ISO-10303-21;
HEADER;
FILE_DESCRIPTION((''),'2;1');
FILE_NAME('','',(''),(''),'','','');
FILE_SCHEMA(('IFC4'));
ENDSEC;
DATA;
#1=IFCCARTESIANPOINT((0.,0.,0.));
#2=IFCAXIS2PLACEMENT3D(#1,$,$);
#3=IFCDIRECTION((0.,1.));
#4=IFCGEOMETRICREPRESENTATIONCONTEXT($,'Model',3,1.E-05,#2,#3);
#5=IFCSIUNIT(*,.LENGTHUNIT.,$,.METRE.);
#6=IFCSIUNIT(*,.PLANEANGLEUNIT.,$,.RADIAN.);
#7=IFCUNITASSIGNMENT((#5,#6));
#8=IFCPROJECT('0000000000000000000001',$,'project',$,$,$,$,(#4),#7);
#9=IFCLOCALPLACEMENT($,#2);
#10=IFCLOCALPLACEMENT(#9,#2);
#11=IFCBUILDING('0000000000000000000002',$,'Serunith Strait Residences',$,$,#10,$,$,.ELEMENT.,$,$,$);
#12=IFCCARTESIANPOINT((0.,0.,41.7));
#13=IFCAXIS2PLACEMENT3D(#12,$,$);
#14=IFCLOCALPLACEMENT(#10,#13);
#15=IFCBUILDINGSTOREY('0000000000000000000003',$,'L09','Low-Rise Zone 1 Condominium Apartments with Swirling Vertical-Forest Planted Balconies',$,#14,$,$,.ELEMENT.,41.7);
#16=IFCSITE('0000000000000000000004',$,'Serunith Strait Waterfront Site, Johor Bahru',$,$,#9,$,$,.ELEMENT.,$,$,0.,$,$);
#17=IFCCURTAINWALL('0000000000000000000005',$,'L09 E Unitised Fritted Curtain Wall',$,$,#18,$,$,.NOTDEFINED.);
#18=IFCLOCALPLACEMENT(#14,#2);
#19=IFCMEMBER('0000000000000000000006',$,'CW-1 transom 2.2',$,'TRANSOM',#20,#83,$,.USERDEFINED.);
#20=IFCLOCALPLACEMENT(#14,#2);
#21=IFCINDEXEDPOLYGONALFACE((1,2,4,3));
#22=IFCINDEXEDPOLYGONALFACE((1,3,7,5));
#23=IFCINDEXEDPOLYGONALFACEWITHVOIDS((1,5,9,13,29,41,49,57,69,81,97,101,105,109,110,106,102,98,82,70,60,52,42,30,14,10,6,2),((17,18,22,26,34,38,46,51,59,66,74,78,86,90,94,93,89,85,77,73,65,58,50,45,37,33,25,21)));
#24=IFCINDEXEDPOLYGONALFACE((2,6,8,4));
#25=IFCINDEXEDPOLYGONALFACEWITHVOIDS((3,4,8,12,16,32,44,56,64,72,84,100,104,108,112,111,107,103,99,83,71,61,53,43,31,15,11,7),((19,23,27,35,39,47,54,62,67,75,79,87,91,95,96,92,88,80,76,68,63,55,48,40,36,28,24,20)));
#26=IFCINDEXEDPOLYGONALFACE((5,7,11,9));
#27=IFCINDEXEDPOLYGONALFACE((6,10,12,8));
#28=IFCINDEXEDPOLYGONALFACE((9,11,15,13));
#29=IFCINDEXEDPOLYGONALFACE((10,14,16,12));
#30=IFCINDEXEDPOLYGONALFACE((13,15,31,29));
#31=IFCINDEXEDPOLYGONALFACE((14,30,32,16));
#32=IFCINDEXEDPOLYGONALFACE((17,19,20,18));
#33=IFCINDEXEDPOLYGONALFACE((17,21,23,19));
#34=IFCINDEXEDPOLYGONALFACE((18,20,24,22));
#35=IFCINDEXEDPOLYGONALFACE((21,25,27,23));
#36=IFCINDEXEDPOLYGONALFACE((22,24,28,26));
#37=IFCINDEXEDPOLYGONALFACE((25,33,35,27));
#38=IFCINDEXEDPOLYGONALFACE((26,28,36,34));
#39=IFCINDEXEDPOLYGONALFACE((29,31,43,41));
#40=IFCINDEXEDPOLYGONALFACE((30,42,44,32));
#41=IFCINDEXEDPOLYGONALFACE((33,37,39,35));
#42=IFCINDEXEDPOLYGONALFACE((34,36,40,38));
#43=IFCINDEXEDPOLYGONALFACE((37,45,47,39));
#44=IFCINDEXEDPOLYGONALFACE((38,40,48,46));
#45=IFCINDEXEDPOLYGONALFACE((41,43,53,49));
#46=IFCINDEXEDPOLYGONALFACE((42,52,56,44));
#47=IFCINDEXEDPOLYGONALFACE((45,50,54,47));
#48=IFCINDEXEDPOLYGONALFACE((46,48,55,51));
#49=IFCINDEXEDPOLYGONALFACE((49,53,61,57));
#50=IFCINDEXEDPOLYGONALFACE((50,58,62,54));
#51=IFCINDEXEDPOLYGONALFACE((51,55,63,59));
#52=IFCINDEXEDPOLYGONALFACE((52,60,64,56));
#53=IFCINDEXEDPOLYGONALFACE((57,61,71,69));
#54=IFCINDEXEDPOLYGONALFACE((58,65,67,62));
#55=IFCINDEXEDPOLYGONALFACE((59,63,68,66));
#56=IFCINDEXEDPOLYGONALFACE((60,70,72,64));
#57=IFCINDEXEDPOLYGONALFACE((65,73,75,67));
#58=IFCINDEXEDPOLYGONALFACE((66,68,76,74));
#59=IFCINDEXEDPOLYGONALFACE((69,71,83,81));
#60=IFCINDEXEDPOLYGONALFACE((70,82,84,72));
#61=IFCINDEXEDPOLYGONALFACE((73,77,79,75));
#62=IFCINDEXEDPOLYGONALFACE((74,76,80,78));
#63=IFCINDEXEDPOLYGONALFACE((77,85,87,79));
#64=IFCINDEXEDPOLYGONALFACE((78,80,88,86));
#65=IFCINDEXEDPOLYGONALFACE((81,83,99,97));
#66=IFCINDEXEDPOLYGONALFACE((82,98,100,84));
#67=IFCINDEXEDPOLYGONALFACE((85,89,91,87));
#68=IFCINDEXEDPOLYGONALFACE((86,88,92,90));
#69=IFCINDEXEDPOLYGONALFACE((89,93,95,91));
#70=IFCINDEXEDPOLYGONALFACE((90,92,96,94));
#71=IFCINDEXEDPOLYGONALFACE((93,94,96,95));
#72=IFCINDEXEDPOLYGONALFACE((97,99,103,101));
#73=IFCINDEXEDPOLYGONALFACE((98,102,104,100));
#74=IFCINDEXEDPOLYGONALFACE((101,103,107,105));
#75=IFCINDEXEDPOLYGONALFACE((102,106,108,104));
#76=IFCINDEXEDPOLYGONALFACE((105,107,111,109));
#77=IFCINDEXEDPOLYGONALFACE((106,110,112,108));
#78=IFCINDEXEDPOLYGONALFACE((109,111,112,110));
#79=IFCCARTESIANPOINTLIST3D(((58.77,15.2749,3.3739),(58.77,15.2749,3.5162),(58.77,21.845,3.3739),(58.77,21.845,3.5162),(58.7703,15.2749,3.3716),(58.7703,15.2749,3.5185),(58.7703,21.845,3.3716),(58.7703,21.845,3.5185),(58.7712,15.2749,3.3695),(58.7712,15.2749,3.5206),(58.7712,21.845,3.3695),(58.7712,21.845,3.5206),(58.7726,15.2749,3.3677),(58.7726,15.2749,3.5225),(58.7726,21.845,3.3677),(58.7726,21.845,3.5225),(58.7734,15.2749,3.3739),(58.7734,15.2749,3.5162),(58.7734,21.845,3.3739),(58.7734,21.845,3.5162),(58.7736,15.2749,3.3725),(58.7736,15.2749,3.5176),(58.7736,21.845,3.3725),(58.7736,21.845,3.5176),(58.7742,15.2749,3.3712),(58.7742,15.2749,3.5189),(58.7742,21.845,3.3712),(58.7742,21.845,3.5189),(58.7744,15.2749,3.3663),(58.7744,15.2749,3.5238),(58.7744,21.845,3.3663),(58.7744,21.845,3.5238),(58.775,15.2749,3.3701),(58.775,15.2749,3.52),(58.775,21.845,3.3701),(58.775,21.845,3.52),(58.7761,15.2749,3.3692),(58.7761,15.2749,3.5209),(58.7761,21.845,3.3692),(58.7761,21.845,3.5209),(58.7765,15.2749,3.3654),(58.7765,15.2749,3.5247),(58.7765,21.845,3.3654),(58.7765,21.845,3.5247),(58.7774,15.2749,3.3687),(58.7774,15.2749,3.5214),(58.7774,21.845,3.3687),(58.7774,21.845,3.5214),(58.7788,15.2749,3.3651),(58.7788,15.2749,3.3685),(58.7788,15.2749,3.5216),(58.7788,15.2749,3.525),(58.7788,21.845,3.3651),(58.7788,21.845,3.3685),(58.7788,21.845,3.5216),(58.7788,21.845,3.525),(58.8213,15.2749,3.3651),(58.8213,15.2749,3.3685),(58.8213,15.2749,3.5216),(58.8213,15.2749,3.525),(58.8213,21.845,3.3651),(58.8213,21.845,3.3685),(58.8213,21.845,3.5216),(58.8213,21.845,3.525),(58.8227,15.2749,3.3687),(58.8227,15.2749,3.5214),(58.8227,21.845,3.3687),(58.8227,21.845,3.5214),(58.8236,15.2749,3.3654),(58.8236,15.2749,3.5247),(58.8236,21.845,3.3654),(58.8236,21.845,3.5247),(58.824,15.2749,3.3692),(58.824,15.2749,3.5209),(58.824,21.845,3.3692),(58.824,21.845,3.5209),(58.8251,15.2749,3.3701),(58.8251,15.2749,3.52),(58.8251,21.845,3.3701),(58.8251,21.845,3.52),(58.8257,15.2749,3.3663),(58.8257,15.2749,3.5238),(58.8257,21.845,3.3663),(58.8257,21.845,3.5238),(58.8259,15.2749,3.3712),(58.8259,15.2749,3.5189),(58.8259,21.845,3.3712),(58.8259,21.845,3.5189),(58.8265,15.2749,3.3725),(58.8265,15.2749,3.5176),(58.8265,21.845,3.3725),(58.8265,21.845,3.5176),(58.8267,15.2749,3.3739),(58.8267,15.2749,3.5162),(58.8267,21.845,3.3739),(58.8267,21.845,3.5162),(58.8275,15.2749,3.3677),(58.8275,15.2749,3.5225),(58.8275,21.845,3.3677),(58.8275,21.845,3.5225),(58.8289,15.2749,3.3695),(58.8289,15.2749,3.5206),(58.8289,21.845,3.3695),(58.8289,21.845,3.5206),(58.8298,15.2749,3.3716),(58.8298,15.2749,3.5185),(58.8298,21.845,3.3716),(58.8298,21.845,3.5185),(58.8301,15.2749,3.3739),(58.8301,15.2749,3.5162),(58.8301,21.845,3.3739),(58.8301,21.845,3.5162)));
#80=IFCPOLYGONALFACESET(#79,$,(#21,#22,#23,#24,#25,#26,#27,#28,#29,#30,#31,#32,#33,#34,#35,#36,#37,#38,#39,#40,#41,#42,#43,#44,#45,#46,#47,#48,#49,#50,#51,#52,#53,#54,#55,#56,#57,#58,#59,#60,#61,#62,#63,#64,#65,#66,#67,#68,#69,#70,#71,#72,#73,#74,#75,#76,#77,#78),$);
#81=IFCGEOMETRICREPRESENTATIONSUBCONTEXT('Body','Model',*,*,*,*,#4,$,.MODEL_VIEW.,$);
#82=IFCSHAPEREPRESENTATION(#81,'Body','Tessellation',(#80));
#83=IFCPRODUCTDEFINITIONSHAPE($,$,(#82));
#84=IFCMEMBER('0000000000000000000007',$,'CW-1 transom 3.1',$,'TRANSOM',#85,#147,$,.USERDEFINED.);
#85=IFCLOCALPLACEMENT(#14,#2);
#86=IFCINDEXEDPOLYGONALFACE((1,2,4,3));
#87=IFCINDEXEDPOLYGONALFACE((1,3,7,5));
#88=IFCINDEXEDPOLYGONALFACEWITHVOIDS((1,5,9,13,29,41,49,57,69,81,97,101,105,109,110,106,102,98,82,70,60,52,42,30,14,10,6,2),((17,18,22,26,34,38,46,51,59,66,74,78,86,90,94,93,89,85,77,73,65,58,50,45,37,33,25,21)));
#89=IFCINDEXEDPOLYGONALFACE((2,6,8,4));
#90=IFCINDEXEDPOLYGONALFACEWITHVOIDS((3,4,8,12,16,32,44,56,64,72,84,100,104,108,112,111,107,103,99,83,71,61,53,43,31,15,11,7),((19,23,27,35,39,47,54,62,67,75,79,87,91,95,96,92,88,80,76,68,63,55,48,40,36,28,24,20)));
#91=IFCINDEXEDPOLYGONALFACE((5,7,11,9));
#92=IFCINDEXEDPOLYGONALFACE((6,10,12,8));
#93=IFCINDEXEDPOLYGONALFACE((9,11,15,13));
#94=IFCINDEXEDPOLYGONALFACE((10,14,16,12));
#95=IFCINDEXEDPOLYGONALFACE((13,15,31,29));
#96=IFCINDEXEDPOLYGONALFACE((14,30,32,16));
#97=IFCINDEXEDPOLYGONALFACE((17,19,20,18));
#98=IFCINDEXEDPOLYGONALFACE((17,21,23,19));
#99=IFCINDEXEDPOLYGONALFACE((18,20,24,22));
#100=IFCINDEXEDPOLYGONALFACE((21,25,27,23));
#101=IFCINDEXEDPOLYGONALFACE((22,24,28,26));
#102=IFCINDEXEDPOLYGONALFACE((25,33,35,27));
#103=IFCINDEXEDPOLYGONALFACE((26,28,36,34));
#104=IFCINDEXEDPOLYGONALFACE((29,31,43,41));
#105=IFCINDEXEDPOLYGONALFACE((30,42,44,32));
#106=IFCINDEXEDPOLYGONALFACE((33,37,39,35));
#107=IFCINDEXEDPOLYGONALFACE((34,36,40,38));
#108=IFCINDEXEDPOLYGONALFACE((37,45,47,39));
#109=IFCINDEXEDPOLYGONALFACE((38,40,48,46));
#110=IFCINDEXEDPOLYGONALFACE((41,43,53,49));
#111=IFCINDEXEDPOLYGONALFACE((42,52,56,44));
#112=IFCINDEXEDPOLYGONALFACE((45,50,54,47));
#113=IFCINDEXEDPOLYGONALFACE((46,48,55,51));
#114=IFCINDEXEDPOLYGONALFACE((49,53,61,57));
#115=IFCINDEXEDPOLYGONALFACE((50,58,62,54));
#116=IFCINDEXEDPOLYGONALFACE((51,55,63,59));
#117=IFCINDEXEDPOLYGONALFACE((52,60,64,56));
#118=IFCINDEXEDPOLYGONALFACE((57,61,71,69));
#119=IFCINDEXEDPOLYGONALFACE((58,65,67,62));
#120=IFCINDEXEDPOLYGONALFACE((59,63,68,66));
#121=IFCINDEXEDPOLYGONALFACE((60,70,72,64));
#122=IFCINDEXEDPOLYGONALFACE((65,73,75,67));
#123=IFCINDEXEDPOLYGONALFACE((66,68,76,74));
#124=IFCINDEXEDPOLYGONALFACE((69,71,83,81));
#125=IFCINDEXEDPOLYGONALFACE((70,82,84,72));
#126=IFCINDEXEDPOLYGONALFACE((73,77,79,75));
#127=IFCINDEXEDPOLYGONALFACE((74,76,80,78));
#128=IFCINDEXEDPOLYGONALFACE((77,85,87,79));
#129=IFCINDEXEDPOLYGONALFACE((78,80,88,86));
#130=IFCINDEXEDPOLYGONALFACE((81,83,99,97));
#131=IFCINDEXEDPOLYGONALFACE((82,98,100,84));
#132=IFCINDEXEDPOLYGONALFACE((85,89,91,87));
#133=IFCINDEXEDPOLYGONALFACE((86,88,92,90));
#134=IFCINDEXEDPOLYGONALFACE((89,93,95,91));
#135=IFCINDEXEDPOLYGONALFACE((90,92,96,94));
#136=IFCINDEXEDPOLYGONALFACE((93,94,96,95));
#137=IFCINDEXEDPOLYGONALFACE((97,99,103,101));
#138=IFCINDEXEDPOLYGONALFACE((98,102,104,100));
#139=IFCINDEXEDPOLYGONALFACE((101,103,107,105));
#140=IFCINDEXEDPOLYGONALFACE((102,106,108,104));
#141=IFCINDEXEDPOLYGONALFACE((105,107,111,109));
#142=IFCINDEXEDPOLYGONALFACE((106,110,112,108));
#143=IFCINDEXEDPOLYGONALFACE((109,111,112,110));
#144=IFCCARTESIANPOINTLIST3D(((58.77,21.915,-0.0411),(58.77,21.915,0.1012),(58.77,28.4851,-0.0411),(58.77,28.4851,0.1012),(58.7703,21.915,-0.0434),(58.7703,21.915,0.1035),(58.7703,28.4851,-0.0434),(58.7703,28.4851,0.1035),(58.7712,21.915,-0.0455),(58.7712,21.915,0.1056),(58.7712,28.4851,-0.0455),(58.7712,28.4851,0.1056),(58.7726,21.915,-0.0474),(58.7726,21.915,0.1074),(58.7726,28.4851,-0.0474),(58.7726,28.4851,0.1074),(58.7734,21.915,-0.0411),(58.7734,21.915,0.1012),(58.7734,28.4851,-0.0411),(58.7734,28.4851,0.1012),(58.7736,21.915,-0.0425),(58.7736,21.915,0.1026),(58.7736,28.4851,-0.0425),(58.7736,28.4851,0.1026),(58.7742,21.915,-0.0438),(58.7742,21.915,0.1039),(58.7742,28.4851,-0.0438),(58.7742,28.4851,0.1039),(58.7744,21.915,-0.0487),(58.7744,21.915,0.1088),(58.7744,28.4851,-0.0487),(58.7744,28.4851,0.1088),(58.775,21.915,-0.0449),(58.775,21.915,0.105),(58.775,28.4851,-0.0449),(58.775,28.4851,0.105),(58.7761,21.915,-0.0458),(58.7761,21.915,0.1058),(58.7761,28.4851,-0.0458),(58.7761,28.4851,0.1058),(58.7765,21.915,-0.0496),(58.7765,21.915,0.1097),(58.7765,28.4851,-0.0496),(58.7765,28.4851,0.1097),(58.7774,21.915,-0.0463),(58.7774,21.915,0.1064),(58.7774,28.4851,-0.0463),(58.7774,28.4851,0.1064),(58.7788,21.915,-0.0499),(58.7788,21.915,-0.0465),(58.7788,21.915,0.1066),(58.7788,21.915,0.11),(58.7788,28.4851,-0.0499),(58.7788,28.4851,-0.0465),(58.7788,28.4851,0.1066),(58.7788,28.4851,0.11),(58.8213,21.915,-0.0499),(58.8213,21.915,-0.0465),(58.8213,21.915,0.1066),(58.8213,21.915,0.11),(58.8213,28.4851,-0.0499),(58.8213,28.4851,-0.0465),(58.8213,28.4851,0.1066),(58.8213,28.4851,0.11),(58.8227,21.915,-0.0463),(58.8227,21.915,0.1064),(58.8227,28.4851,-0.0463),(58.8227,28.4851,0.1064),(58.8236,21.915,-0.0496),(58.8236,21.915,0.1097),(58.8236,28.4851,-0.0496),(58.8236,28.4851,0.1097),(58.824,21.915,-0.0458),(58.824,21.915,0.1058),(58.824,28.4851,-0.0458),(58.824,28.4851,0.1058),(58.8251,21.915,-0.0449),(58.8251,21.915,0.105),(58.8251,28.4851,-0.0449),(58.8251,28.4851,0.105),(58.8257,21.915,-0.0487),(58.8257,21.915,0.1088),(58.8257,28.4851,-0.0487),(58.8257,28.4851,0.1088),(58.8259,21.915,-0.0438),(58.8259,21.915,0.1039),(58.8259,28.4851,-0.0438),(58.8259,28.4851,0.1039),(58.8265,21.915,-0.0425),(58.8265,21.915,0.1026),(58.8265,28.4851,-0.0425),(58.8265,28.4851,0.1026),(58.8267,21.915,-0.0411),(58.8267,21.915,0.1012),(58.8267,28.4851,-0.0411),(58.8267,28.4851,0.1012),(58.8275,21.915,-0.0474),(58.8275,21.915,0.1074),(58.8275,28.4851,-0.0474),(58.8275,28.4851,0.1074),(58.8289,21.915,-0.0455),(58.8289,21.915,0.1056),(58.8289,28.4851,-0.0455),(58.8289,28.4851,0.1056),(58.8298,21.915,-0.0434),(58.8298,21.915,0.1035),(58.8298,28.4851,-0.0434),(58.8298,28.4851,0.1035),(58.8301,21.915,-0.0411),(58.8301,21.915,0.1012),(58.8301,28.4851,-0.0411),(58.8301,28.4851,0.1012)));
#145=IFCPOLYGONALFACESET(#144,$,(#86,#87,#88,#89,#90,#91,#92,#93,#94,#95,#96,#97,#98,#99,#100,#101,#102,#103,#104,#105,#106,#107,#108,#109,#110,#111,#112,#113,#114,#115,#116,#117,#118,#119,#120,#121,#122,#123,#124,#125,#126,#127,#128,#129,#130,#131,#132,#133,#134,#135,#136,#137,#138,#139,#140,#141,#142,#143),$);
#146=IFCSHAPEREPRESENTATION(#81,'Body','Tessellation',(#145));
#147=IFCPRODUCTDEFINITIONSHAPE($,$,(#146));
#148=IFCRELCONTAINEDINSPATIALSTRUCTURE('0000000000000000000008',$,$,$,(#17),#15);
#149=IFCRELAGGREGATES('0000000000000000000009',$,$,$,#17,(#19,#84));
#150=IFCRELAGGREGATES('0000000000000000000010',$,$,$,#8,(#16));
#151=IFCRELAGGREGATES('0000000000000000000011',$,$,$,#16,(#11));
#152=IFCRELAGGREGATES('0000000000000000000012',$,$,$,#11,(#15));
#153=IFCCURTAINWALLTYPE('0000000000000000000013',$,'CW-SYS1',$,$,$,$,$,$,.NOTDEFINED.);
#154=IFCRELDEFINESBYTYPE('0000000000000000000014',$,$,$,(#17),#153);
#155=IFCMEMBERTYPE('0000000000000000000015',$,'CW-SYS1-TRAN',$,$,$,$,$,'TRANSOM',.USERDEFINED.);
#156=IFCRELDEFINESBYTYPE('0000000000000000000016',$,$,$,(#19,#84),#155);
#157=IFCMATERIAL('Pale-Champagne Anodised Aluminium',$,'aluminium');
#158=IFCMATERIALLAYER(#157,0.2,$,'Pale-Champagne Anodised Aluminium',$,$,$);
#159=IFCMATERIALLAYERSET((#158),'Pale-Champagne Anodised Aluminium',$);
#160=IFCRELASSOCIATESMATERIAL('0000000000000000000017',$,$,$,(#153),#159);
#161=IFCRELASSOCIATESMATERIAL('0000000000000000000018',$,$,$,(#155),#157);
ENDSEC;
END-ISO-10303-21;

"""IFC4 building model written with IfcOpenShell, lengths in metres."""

from ifc_helpers import new_model, si_unit, direction, frame, origin, origin_2d, place, context, subcontext, project, spatial, hollow_rectangle, extrude, source, transform, mapped, material, layer, layer_set, material_profile, profile_set, type_object, element, aggregate, save


model = new_model("IFC4")

# Units and contexts
model_context = context("Model", 3, precision=1e-05, world=origin(), true_north=direction((0.0, 1.0)))
body_context = subcontext(model_context, "Body", "Model", "MODEL_VIEW")
ifc_project = project(units=[si_unit("LENGTHUNIT", "METRE"), si_unit("PLANEANGLEUNIT", "RADIAN")], contexts=[model_context])

# Site, building, storey
site_placement = place(None, origin())
site = spatial("IfcSite", under=ifc_project, at=site_placement, Name="Serunith Strait Waterfront Site, Johor Bahru", CompositionType="ELEMENT", RefElevation=0.0)
building_placement = place(site_placement, origin())
building = spatial("IfcBuilding", under=site, at=building_placement, Name="Serunith Strait Residences", CompositionType="ELEMENT")
storey_placement = place(building_placement, frame((0.0, 0.0, 41.7)))
storey = spatial("IfcBuildingStorey", under=building, at=storey_placement, Name="L09", Description="Low-Rise Zone 1 Condominium Apartments with Swirling Vertical-Forest Planted Balconies", CompositionType="ELEMENT", Elevation=41.7)

# Curtain wall, members
ifc_material_1 = material(Name="Pale-Champagne Anodised Aluminium", Category="aluminium")
ifc_layer_1 = layer(ifc_material_1, 0.2, Name="Pale-Champagne Anodised Aluminium")
ifc_layer_set_1 = layer_set([ifc_layer_1], Name="Pale-Champagne Anodised Aluminium")
curtain_wall_type = type_object("IfcCurtainWallType", Name="CW-SYS1", PredefinedType="NOTDEFINED", material=ifc_layer_set_1)
curtain_wall_placement = place(storey_placement, origin())
curtain_wall = element("IfcCurtainWall", 1, at=curtain_wall_placement, inside=storey, type_object=curtain_wall_type, Name="L09 E Unitised Fritted Curtain Wall", PredefinedType="NOTDEFINED")
ifc_material_profile_1 = material_profile(ifc_material_1, hollow_rectangle(XDim=0.0601, YDim=0.1599, WallThickness=0.0034, InnerFilletRadius=0.0054, OuterFilletRadius=0.0088, at=origin_2d()), Name="ALU 160x60x3.5")
ifc_profile_set_1 = profile_set([ifc_material_profile_1], Name="Pale-Champagne Anodised Aluminium")
member_type_1 = type_object("IfcMemberType", Name="CW-SYS1-TRAN", ElementType="TRANSOM", PredefinedType="USERDEFINED", material=ifc_profile_set_1)
shared_shape_1 = source(origin(), body_context, "Body", "SweptSolid", [
    extrude(hollow_rectangle(XDim=0.0601, YDim=0.1599, WallThickness=0.0034, InnerFilletRadius=0.0054, OuterFilletRadius=0.0088, at=origin_2d()), origin(), (0.0, 0.0, 1.0), 6.5701),
])
member_1_placement = place(storey_placement, frame((58.8, 15.2749, 3.4451), z_axis=(0.0, 1.0, 0.0), x_axis=(-1.0, 0.0, 0.0)))
member_1 = element("IfcMember", 2, at=member_1_placement, type_object=member_type_1, Name="CW-1 transom 2.2", ObjectType="TRANSOM", PredefinedType="USERDEFINED", context=body_context, shape_type="MappedRepresentation", body=[
    mapped(shared_shape_1, transform((0.0, 0.0, 0.0), scale=1.0)),
])
member_2_placement = place(storey_placement, frame((58.8, 21.915, 0.03), z_axis=(0.0, 1.0, 0.0), x_axis=(-1.0, 0.0, 0.0)))
member_2 = element("IfcMember", 3, at=member_2_placement, type_object=member_type_1, Name="CW-1 transom 3.1", ObjectType="TRANSOM", PredefinedType="USERDEFINED", context=body_context, shape_type="MappedRepresentation", body=[
    mapped(shared_shape_1, transform((0.0, 0.0, 0.0), scale=1.0)),
])
aggregate(curtain_wall, [member_1, member_2])

save(model, "model.ifc")
